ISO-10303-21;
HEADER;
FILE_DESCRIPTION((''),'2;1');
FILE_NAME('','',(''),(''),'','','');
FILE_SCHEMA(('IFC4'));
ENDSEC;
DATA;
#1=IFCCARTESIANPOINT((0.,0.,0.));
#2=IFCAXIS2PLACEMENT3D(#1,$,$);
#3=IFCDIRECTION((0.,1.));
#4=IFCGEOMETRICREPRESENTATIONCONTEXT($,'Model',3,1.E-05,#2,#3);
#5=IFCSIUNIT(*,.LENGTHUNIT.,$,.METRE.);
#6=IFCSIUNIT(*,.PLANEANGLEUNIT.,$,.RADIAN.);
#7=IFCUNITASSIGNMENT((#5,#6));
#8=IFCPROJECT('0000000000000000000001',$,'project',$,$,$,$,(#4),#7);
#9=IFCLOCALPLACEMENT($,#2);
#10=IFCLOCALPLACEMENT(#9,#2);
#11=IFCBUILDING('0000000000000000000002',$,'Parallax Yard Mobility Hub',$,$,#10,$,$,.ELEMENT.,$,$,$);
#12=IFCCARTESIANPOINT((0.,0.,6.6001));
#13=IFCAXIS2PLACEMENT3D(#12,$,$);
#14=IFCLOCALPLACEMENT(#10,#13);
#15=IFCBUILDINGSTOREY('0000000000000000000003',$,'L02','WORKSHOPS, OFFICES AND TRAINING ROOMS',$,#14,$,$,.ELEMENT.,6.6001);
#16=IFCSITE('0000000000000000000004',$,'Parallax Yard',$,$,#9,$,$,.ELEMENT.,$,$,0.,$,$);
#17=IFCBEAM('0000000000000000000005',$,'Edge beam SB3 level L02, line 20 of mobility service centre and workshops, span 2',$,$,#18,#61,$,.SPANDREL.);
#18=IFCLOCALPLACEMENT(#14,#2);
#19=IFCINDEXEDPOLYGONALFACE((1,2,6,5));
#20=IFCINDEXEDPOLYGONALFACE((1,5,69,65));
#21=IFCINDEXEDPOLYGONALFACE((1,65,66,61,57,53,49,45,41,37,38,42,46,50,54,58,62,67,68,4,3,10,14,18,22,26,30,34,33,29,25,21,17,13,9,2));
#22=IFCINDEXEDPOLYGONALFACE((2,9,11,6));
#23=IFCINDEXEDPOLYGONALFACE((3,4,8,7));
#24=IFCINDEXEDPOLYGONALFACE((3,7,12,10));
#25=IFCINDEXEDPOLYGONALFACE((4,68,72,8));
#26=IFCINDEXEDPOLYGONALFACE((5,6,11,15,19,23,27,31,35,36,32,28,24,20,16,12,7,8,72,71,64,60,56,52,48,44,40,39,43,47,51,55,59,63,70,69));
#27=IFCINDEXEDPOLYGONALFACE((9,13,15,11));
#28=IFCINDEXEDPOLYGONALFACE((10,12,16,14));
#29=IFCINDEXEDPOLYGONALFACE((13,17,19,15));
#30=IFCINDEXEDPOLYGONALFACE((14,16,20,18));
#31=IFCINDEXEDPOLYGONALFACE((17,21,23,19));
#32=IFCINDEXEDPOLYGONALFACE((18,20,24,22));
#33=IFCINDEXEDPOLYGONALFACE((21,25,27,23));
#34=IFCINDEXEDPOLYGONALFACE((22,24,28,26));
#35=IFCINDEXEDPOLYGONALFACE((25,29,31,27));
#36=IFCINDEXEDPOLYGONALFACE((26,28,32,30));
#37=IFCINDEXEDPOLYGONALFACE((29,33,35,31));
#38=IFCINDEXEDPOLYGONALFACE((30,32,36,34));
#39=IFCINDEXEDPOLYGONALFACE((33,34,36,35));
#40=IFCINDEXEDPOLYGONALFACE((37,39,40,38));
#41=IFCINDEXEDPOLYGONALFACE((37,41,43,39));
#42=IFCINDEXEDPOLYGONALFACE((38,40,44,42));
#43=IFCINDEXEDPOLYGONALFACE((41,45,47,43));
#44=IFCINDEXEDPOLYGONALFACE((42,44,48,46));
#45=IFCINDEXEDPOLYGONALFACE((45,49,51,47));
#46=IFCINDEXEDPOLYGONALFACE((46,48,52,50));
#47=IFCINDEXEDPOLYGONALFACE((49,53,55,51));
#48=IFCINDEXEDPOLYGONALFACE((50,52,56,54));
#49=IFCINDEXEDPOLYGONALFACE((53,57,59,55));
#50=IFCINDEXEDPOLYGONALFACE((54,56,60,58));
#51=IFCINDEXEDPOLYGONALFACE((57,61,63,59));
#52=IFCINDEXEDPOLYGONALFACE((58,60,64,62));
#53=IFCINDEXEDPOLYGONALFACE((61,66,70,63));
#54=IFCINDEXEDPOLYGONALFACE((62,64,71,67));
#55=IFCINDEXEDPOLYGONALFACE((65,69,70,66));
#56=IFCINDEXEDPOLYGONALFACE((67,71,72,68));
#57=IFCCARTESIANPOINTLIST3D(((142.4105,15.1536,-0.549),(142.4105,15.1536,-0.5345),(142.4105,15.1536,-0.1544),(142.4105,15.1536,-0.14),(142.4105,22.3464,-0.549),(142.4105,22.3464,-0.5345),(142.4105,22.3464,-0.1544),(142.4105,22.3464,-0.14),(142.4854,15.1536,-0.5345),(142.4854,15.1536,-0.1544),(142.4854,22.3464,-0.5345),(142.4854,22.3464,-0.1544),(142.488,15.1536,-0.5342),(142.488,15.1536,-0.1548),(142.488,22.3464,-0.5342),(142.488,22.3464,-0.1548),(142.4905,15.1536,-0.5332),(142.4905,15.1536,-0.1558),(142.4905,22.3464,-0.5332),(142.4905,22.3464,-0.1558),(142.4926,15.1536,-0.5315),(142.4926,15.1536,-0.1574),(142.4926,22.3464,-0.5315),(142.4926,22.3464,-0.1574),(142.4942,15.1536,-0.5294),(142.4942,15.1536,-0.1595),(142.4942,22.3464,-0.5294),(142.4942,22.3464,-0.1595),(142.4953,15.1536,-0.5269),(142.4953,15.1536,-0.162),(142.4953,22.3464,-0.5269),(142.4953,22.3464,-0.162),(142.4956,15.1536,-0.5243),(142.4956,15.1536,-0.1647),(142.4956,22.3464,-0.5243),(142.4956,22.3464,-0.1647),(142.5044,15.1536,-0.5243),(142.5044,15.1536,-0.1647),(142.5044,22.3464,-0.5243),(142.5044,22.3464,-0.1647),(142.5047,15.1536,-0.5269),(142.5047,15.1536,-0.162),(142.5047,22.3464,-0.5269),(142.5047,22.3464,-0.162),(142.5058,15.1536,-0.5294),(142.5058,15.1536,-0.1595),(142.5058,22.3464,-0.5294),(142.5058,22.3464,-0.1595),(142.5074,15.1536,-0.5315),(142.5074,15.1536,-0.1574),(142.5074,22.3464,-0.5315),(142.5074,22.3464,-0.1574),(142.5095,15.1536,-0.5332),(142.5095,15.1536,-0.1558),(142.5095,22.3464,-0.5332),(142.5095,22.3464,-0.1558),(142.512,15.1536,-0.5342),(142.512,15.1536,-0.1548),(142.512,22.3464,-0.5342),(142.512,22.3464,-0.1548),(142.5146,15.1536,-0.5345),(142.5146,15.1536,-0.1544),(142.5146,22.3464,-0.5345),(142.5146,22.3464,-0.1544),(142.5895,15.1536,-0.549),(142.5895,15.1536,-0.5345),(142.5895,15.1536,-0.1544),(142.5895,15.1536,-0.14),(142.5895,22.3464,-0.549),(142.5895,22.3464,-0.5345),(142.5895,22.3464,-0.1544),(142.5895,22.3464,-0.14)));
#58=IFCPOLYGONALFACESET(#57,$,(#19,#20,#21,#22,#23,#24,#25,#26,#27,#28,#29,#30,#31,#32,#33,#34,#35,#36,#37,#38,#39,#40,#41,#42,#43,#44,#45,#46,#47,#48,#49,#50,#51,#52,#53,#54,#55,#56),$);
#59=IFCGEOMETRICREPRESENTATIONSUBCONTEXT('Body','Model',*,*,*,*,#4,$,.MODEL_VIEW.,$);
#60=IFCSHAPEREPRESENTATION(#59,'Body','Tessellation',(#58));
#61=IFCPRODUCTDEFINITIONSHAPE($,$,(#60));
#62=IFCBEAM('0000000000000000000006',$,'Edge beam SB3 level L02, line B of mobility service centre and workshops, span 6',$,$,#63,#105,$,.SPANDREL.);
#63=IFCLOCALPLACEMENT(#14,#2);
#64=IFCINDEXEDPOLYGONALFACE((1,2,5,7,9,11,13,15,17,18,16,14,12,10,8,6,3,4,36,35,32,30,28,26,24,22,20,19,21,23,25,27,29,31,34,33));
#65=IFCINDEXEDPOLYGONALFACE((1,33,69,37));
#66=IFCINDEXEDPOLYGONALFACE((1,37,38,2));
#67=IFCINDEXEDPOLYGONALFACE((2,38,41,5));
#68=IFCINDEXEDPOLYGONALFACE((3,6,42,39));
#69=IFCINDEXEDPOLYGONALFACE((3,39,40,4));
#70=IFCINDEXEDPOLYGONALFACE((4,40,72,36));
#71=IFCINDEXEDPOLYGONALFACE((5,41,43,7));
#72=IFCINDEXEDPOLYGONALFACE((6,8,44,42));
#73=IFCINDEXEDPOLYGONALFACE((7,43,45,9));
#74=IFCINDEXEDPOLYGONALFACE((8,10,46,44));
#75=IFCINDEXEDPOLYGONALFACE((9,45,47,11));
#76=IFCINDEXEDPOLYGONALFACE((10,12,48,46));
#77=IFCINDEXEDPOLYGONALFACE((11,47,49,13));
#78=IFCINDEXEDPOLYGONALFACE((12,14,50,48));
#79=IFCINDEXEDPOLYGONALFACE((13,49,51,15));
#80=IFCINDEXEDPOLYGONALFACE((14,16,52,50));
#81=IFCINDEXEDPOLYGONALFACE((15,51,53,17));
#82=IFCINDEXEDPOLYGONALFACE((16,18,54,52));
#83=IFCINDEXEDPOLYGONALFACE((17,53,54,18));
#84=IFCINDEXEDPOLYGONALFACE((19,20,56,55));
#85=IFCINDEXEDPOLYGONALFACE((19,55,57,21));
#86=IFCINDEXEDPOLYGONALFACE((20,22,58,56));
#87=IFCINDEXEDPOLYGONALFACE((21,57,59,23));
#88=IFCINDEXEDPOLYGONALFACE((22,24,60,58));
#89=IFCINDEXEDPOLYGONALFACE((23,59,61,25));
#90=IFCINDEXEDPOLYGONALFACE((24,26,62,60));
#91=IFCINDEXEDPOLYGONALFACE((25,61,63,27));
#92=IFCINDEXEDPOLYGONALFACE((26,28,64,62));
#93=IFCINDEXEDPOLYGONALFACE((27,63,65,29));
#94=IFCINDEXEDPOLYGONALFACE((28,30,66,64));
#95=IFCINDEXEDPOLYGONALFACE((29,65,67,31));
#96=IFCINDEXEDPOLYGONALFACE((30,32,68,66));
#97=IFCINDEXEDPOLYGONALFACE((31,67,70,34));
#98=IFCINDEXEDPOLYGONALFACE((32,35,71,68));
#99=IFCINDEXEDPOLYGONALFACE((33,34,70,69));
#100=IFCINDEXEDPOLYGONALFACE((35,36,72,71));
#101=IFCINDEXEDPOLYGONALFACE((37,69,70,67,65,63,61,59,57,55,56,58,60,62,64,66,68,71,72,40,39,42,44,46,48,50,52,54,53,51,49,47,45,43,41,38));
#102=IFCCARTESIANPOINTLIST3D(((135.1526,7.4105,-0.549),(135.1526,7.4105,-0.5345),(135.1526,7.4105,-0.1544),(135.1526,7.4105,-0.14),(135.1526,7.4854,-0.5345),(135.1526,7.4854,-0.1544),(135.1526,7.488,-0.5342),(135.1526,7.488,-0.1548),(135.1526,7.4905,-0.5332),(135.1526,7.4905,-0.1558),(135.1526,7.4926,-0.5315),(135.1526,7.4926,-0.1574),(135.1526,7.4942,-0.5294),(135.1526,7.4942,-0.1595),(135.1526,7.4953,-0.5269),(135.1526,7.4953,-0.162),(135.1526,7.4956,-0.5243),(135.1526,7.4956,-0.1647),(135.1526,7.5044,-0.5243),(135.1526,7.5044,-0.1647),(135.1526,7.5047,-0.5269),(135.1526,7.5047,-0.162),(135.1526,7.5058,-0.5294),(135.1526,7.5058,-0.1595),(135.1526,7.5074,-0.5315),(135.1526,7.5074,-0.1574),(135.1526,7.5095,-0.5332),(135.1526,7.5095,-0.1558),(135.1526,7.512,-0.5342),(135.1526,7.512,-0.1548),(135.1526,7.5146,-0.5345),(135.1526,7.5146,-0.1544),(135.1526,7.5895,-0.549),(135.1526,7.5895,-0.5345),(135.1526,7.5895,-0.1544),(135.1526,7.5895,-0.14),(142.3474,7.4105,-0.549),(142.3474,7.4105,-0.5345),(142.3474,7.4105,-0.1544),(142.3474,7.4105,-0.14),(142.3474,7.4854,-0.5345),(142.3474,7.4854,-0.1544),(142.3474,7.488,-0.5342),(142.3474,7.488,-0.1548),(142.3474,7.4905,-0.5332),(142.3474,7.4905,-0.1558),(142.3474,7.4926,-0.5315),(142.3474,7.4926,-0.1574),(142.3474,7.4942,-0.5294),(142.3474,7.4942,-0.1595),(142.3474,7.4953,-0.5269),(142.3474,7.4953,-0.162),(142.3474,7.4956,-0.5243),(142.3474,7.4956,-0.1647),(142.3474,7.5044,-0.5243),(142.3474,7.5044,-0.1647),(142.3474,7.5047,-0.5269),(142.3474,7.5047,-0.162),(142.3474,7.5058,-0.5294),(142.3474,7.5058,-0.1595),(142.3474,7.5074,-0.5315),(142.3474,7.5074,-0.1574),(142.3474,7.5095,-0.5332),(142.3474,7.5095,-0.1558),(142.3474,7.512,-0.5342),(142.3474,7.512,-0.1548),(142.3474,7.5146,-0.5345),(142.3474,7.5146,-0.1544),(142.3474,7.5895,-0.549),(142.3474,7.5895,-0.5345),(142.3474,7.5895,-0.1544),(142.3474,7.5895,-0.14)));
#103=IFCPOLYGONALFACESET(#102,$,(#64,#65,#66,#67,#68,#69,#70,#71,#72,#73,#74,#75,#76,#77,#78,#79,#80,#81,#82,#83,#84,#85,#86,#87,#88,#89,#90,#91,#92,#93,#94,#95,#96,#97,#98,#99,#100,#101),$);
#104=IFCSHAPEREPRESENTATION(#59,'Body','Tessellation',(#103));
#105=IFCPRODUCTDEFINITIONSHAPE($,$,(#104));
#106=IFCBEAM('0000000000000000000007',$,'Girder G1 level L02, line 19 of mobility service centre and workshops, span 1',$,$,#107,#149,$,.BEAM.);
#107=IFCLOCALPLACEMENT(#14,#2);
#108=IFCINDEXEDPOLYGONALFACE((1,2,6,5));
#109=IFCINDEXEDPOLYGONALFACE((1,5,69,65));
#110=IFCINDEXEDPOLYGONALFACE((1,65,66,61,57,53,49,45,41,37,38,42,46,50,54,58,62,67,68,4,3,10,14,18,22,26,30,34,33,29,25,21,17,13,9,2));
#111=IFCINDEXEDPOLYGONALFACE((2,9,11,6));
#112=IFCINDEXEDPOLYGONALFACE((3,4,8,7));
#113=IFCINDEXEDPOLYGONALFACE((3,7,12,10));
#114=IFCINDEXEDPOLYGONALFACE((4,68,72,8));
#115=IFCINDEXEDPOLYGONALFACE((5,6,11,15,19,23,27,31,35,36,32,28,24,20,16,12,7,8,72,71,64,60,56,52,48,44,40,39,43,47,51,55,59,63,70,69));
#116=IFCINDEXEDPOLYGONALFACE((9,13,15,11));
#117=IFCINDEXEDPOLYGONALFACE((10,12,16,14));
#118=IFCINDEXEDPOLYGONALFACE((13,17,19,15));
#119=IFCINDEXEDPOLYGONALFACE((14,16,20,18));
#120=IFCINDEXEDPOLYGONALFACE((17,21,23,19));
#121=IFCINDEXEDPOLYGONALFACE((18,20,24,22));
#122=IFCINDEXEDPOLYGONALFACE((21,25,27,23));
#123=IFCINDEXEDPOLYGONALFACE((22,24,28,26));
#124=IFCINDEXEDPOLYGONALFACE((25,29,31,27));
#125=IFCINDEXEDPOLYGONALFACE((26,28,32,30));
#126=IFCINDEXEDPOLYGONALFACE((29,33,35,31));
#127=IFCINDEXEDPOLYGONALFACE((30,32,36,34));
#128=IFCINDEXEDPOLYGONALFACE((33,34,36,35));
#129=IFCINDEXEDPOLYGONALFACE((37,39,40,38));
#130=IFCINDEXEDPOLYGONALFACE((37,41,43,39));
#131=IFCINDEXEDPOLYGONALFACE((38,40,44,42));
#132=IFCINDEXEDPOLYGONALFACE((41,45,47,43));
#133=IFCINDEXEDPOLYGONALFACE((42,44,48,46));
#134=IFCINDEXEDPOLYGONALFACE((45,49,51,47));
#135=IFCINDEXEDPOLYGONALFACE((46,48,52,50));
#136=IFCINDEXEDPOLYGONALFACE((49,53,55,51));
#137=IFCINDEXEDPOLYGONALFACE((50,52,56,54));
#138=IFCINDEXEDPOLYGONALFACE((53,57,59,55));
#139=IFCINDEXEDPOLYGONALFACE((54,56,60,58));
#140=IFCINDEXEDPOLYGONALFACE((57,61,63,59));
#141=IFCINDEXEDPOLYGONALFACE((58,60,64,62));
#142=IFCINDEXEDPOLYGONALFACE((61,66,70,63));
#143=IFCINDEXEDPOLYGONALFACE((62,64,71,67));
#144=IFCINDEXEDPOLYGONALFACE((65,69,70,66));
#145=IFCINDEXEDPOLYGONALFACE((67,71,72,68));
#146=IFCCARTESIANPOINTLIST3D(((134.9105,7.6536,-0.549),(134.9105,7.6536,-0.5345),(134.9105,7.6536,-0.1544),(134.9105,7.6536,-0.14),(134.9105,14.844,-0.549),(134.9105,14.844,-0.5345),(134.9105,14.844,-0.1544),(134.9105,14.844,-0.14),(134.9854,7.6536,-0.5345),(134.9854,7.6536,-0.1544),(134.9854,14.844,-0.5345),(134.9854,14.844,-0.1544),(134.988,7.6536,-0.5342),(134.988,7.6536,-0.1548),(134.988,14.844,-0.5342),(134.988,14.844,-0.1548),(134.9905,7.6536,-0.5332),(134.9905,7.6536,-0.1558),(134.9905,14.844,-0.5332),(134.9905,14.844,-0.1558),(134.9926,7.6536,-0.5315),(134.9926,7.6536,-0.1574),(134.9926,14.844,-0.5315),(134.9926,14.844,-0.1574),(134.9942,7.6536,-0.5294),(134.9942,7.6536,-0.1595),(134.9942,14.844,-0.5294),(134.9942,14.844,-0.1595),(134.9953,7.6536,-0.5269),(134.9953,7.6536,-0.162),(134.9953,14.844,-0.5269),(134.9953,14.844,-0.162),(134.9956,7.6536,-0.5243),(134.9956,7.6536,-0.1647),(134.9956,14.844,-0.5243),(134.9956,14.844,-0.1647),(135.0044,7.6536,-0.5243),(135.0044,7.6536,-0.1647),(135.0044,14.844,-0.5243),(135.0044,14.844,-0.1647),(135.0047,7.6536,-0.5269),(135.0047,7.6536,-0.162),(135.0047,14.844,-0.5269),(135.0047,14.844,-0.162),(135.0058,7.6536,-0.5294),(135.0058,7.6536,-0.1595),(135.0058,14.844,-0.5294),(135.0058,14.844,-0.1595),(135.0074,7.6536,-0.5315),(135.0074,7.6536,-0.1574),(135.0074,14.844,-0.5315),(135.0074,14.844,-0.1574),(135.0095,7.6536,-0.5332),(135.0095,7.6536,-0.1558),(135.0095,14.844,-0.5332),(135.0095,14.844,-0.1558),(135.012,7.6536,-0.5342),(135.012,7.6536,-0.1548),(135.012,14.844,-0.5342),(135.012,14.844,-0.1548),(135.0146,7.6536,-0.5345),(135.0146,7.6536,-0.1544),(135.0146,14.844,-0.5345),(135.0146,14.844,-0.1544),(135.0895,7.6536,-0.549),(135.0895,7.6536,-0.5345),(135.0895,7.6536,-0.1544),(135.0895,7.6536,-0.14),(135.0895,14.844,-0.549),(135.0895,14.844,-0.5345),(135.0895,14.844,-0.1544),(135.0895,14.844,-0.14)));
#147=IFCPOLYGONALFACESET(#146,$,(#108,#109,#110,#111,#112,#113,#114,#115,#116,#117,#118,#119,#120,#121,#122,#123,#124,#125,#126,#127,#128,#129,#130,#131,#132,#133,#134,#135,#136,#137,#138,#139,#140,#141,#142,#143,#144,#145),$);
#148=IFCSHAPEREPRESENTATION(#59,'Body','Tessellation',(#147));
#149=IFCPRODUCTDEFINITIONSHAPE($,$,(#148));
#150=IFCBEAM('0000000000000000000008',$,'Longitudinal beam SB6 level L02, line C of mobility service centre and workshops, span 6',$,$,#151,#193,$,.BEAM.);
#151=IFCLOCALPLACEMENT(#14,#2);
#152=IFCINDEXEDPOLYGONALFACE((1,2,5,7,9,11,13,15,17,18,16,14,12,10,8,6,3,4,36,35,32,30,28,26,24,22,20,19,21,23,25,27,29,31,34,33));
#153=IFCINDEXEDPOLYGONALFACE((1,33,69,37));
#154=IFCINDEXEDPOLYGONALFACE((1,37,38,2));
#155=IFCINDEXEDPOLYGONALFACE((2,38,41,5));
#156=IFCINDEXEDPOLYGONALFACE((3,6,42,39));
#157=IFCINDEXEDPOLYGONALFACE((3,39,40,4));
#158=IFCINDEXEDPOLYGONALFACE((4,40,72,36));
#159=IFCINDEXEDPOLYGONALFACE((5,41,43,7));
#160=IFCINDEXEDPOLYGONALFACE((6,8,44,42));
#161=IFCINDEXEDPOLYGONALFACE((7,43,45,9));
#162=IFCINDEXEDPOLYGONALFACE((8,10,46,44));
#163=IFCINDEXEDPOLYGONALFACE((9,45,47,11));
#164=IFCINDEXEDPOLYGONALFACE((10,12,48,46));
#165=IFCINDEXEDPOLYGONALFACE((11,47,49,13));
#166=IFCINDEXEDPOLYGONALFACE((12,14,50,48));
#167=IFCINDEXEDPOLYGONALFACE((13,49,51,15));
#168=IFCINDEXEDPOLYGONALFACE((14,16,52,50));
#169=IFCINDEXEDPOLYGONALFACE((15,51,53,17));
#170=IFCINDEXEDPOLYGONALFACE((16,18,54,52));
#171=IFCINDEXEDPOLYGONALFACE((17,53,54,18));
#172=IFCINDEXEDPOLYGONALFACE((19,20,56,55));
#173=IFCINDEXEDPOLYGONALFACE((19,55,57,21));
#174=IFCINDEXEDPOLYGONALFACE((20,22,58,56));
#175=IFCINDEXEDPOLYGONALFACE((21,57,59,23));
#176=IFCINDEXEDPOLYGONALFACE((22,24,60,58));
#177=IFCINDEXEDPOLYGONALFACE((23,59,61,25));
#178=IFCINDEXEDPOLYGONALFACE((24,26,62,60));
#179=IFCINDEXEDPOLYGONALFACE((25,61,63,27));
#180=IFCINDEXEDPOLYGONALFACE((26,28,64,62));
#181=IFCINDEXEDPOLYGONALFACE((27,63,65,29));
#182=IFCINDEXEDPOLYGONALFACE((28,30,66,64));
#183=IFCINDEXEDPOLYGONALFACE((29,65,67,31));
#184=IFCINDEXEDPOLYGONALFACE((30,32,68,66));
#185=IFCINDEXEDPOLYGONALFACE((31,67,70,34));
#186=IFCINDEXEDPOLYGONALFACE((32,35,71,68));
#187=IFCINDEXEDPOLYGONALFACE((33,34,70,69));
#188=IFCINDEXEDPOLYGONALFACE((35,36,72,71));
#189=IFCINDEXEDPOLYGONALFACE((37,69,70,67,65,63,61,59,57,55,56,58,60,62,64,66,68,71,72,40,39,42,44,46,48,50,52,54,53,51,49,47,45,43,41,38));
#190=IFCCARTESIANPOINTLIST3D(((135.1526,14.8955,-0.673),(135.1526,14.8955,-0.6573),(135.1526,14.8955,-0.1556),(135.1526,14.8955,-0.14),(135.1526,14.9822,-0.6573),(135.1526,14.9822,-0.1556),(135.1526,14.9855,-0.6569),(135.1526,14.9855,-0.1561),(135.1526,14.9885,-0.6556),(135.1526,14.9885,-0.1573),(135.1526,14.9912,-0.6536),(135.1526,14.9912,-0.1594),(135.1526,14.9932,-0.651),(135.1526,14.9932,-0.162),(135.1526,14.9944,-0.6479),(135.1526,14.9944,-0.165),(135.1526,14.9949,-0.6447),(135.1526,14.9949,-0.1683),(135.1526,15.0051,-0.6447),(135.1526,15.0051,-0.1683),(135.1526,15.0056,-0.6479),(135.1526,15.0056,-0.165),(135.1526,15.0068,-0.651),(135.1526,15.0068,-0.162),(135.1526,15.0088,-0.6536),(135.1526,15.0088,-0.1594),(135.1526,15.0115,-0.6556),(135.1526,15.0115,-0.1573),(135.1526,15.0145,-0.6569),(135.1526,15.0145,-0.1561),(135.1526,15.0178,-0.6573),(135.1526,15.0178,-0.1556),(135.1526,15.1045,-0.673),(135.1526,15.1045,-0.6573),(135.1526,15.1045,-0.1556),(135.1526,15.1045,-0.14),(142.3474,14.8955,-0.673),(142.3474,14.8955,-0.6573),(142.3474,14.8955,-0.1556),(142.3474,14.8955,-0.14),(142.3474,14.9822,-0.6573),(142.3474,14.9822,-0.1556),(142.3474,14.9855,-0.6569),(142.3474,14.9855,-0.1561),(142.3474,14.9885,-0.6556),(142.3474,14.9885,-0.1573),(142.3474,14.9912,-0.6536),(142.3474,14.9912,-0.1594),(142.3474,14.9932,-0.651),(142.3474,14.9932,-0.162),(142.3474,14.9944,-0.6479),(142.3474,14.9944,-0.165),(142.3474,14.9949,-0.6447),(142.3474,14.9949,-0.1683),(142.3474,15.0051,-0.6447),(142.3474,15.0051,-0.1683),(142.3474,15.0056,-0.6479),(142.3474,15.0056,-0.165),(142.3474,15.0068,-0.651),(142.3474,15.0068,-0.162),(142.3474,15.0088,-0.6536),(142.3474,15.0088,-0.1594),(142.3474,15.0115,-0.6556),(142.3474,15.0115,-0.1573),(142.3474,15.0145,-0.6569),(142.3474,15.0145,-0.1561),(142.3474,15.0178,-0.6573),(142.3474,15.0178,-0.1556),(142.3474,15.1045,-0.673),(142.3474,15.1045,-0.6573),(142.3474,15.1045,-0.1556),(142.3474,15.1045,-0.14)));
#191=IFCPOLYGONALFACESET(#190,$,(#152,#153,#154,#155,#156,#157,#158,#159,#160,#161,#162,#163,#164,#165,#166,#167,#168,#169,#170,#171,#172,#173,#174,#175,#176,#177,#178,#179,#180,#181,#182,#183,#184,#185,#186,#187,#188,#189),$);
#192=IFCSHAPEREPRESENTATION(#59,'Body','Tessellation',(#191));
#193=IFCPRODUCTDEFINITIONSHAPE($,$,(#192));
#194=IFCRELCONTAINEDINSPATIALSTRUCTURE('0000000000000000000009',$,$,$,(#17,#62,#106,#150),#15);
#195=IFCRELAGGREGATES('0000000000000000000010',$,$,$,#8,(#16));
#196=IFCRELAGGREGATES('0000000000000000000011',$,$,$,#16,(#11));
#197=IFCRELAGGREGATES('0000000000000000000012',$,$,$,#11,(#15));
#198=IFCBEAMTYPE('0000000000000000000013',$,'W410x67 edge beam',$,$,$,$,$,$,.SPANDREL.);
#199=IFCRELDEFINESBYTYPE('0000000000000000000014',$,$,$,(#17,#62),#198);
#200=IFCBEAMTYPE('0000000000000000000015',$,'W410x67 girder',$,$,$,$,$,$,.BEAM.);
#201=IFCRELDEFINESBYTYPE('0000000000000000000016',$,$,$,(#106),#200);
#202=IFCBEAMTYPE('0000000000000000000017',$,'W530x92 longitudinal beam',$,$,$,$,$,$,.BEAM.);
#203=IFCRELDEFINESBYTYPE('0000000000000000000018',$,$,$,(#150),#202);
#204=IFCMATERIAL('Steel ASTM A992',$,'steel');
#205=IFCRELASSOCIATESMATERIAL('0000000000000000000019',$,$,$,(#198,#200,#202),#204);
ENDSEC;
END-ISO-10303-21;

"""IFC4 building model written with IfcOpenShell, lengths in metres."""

from ifc_helpers import new_model, si_unit, direction, frame, origin, origin_2d, place, context, subcontext, project, spatial, i_section, extrude, material, material_profile, profile_set, type_object, element, save


model = new_model("IFC4")

# Units and contexts
model_context = context("Model", 3, precision=1e-05, world=origin(), true_north=direction((0.0, 1.0)))
body_context = subcontext(model_context, "Body", "Model", "MODEL_VIEW")
ifc_project = project(units=[si_unit("LENGTHUNIT", "METRE"), si_unit("PLANEANGLEUNIT", "RADIAN")], contexts=[model_context])

# Site, building, storey
site_placement = place(None, origin())
site = spatial("IfcSite", under=ifc_project, at=site_placement, Name="Parallax Yard", CompositionType="ELEMENT", RefElevation=0.0)
building_placement = place(site_placement, origin())
building = spatial("IfcBuilding", under=site, at=building_placement, Name="Parallax Yard Mobility Hub", CompositionType="ELEMENT")
storey_placement = place(building_placement, frame((0.0, 0.0, 6.6001)))
storey = spatial("IfcBuildingStorey", under=building, at=storey_placement, Name="L02", Description="WORKSHOPS, OFFICES AND TRAINING ROOMS", CompositionType="ELEMENT", Elevation=6.6001)

# Shared definitions
ifc_material_1 = material(Name="Steel ASTM A992", Category="steel")

# Beams
ifc_material_profile_1 = material_profile(ifc_material_1, i_section(OverallWidth=0.179, OverallDepth=0.4089, WebThickness=0.0088, FlangeThickness=0.0144, FilletRadius=0.0103, at=origin_2d()), Name="W410x67")
ifc_profile_set_1 = profile_set([ifc_material_profile_1], Name="Steel ASTM A992")
beam_type_1 = type_object("IfcBeamType", Name="W410x67 edge beam", PredefinedType="SPANDREL", material=ifc_profile_set_1)
for number, where, z_axis, x_axis, name in (
    (1, (142.5, 15.1536, -0.3445), (0.0, 1.0, 0.0), (-1.0, 0.0, 0.0), "Edge beam SB3 level L02, line 20 of mobility service centre and workshops, span 2"),
):
    element("IfcBeam", number, at=place(storey_placement, frame(where, z_axis=z_axis, x_axis=x_axis)), inside=storey, type_object=beam_type_1, Name=name, PredefinedType="SPANDREL", context=body_context, shape_type="SweptSolid", body=[
        extrude(i_section(OverallWidth=0.179, OverallDepth=0.4089, WebThickness=0.0088, FlangeThickness=0.0144, FilletRadius=0.0103, at=origin_2d()), origin(), (0.0, 0.0, 1.0), 7.1929),
    ])
beam_1_placement = place(storey_placement, frame((135.1526, 7.5, -0.3445), z_axis=(1.0, 0.0, 0.0), x_axis=(0.0, 1.0, 0.0)))
element("IfcBeam", 2, at=beam_1_placement, inside=storey, type_object=beam_type_1, Name="Edge beam SB3 level L02, line B of mobility service centre and workshops, span 6", PredefinedType="SPANDREL", context=body_context, shape_type="SweptSolid", body=[
    extrude(i_section(OverallWidth=0.179, OverallDepth=0.4089, WebThickness=0.0088, FlangeThickness=0.0144, FilletRadius=0.0103, at=origin_2d()), origin(), (0.0, 0.0, 1.0), 7.1948),
])
ifc_material_profile_2 = material_profile(ifc_material_1, i_section(OverallWidth=0.179, OverallDepth=0.4089, WebThickness=0.0088, FlangeThickness=0.0144, FilletRadius=0.0103, at=origin_2d()), Name="W410x67")
ifc_profile_set_2 = profile_set([ifc_material_profile_2], Name="Steel ASTM A992")
beam_type_2 = type_object("IfcBeamType", Name="W410x67 girder", PredefinedType="BEAM", material=ifc_profile_set_2)
beam_2_placement = place(storey_placement, frame((135.0, 7.6536, -0.3445), z_axis=(0.0, 1.0, 0.0), x_axis=(-1.0, 0.0, 0.0)))
element("IfcBeam", 3, at=beam_2_placement, inside=storey, type_object=beam_type_2, Name="Girder G1 level L02, line 19 of mobility service centre and workshops, span 1", PredefinedType="BEAM", context=body_context, shape_type="SweptSolid", body=[
    extrude(i_section(OverallWidth=0.179, OverallDepth=0.4089, WebThickness=0.0088, FlangeThickness=0.0144, FilletRadius=0.0103, at=origin_2d()), origin(), (0.0, 0.0, 1.0), 7.1904),
])
ifc_material_profile_3 = material_profile(ifc_material_1, i_section(OverallWidth=0.209, OverallDepth=0.533, WebThickness=0.0103, FlangeThickness=0.0156, FilletRadius=0.0127, at=origin_2d()), Name="W530x92")
ifc_profile_set_3 = profile_set([ifc_material_profile_3], Name="Steel ASTM A992")
beam_type_3 = type_object("IfcBeamType", Name="W530x92 longitudinal beam", PredefinedType="BEAM", material=ifc_profile_set_3)
beam_3_placement = place(storey_placement, frame((135.1526, 15.0, -0.4065), z_axis=(1.0, 0.0, 0.0), x_axis=(0.0, 1.0, 0.0)))
element("IfcBeam", 4, at=beam_3_placement, inside=storey, type_object=beam_type_3, Name="Longitudinal beam SB6 level L02, line C of mobility service centre and workshops, span 6", PredefinedType="BEAM", context=body_context, shape_type="SweptSolid", body=[
    extrude(i_section(OverallWidth=0.209, OverallDepth=0.533, WebThickness=0.0103, FlangeThickness=0.0156, FilletRadius=0.0127, at=origin_2d()), origin(), (0.0, 0.0, 1.0), 7.1948),
])

save(model, "model.ifc")
